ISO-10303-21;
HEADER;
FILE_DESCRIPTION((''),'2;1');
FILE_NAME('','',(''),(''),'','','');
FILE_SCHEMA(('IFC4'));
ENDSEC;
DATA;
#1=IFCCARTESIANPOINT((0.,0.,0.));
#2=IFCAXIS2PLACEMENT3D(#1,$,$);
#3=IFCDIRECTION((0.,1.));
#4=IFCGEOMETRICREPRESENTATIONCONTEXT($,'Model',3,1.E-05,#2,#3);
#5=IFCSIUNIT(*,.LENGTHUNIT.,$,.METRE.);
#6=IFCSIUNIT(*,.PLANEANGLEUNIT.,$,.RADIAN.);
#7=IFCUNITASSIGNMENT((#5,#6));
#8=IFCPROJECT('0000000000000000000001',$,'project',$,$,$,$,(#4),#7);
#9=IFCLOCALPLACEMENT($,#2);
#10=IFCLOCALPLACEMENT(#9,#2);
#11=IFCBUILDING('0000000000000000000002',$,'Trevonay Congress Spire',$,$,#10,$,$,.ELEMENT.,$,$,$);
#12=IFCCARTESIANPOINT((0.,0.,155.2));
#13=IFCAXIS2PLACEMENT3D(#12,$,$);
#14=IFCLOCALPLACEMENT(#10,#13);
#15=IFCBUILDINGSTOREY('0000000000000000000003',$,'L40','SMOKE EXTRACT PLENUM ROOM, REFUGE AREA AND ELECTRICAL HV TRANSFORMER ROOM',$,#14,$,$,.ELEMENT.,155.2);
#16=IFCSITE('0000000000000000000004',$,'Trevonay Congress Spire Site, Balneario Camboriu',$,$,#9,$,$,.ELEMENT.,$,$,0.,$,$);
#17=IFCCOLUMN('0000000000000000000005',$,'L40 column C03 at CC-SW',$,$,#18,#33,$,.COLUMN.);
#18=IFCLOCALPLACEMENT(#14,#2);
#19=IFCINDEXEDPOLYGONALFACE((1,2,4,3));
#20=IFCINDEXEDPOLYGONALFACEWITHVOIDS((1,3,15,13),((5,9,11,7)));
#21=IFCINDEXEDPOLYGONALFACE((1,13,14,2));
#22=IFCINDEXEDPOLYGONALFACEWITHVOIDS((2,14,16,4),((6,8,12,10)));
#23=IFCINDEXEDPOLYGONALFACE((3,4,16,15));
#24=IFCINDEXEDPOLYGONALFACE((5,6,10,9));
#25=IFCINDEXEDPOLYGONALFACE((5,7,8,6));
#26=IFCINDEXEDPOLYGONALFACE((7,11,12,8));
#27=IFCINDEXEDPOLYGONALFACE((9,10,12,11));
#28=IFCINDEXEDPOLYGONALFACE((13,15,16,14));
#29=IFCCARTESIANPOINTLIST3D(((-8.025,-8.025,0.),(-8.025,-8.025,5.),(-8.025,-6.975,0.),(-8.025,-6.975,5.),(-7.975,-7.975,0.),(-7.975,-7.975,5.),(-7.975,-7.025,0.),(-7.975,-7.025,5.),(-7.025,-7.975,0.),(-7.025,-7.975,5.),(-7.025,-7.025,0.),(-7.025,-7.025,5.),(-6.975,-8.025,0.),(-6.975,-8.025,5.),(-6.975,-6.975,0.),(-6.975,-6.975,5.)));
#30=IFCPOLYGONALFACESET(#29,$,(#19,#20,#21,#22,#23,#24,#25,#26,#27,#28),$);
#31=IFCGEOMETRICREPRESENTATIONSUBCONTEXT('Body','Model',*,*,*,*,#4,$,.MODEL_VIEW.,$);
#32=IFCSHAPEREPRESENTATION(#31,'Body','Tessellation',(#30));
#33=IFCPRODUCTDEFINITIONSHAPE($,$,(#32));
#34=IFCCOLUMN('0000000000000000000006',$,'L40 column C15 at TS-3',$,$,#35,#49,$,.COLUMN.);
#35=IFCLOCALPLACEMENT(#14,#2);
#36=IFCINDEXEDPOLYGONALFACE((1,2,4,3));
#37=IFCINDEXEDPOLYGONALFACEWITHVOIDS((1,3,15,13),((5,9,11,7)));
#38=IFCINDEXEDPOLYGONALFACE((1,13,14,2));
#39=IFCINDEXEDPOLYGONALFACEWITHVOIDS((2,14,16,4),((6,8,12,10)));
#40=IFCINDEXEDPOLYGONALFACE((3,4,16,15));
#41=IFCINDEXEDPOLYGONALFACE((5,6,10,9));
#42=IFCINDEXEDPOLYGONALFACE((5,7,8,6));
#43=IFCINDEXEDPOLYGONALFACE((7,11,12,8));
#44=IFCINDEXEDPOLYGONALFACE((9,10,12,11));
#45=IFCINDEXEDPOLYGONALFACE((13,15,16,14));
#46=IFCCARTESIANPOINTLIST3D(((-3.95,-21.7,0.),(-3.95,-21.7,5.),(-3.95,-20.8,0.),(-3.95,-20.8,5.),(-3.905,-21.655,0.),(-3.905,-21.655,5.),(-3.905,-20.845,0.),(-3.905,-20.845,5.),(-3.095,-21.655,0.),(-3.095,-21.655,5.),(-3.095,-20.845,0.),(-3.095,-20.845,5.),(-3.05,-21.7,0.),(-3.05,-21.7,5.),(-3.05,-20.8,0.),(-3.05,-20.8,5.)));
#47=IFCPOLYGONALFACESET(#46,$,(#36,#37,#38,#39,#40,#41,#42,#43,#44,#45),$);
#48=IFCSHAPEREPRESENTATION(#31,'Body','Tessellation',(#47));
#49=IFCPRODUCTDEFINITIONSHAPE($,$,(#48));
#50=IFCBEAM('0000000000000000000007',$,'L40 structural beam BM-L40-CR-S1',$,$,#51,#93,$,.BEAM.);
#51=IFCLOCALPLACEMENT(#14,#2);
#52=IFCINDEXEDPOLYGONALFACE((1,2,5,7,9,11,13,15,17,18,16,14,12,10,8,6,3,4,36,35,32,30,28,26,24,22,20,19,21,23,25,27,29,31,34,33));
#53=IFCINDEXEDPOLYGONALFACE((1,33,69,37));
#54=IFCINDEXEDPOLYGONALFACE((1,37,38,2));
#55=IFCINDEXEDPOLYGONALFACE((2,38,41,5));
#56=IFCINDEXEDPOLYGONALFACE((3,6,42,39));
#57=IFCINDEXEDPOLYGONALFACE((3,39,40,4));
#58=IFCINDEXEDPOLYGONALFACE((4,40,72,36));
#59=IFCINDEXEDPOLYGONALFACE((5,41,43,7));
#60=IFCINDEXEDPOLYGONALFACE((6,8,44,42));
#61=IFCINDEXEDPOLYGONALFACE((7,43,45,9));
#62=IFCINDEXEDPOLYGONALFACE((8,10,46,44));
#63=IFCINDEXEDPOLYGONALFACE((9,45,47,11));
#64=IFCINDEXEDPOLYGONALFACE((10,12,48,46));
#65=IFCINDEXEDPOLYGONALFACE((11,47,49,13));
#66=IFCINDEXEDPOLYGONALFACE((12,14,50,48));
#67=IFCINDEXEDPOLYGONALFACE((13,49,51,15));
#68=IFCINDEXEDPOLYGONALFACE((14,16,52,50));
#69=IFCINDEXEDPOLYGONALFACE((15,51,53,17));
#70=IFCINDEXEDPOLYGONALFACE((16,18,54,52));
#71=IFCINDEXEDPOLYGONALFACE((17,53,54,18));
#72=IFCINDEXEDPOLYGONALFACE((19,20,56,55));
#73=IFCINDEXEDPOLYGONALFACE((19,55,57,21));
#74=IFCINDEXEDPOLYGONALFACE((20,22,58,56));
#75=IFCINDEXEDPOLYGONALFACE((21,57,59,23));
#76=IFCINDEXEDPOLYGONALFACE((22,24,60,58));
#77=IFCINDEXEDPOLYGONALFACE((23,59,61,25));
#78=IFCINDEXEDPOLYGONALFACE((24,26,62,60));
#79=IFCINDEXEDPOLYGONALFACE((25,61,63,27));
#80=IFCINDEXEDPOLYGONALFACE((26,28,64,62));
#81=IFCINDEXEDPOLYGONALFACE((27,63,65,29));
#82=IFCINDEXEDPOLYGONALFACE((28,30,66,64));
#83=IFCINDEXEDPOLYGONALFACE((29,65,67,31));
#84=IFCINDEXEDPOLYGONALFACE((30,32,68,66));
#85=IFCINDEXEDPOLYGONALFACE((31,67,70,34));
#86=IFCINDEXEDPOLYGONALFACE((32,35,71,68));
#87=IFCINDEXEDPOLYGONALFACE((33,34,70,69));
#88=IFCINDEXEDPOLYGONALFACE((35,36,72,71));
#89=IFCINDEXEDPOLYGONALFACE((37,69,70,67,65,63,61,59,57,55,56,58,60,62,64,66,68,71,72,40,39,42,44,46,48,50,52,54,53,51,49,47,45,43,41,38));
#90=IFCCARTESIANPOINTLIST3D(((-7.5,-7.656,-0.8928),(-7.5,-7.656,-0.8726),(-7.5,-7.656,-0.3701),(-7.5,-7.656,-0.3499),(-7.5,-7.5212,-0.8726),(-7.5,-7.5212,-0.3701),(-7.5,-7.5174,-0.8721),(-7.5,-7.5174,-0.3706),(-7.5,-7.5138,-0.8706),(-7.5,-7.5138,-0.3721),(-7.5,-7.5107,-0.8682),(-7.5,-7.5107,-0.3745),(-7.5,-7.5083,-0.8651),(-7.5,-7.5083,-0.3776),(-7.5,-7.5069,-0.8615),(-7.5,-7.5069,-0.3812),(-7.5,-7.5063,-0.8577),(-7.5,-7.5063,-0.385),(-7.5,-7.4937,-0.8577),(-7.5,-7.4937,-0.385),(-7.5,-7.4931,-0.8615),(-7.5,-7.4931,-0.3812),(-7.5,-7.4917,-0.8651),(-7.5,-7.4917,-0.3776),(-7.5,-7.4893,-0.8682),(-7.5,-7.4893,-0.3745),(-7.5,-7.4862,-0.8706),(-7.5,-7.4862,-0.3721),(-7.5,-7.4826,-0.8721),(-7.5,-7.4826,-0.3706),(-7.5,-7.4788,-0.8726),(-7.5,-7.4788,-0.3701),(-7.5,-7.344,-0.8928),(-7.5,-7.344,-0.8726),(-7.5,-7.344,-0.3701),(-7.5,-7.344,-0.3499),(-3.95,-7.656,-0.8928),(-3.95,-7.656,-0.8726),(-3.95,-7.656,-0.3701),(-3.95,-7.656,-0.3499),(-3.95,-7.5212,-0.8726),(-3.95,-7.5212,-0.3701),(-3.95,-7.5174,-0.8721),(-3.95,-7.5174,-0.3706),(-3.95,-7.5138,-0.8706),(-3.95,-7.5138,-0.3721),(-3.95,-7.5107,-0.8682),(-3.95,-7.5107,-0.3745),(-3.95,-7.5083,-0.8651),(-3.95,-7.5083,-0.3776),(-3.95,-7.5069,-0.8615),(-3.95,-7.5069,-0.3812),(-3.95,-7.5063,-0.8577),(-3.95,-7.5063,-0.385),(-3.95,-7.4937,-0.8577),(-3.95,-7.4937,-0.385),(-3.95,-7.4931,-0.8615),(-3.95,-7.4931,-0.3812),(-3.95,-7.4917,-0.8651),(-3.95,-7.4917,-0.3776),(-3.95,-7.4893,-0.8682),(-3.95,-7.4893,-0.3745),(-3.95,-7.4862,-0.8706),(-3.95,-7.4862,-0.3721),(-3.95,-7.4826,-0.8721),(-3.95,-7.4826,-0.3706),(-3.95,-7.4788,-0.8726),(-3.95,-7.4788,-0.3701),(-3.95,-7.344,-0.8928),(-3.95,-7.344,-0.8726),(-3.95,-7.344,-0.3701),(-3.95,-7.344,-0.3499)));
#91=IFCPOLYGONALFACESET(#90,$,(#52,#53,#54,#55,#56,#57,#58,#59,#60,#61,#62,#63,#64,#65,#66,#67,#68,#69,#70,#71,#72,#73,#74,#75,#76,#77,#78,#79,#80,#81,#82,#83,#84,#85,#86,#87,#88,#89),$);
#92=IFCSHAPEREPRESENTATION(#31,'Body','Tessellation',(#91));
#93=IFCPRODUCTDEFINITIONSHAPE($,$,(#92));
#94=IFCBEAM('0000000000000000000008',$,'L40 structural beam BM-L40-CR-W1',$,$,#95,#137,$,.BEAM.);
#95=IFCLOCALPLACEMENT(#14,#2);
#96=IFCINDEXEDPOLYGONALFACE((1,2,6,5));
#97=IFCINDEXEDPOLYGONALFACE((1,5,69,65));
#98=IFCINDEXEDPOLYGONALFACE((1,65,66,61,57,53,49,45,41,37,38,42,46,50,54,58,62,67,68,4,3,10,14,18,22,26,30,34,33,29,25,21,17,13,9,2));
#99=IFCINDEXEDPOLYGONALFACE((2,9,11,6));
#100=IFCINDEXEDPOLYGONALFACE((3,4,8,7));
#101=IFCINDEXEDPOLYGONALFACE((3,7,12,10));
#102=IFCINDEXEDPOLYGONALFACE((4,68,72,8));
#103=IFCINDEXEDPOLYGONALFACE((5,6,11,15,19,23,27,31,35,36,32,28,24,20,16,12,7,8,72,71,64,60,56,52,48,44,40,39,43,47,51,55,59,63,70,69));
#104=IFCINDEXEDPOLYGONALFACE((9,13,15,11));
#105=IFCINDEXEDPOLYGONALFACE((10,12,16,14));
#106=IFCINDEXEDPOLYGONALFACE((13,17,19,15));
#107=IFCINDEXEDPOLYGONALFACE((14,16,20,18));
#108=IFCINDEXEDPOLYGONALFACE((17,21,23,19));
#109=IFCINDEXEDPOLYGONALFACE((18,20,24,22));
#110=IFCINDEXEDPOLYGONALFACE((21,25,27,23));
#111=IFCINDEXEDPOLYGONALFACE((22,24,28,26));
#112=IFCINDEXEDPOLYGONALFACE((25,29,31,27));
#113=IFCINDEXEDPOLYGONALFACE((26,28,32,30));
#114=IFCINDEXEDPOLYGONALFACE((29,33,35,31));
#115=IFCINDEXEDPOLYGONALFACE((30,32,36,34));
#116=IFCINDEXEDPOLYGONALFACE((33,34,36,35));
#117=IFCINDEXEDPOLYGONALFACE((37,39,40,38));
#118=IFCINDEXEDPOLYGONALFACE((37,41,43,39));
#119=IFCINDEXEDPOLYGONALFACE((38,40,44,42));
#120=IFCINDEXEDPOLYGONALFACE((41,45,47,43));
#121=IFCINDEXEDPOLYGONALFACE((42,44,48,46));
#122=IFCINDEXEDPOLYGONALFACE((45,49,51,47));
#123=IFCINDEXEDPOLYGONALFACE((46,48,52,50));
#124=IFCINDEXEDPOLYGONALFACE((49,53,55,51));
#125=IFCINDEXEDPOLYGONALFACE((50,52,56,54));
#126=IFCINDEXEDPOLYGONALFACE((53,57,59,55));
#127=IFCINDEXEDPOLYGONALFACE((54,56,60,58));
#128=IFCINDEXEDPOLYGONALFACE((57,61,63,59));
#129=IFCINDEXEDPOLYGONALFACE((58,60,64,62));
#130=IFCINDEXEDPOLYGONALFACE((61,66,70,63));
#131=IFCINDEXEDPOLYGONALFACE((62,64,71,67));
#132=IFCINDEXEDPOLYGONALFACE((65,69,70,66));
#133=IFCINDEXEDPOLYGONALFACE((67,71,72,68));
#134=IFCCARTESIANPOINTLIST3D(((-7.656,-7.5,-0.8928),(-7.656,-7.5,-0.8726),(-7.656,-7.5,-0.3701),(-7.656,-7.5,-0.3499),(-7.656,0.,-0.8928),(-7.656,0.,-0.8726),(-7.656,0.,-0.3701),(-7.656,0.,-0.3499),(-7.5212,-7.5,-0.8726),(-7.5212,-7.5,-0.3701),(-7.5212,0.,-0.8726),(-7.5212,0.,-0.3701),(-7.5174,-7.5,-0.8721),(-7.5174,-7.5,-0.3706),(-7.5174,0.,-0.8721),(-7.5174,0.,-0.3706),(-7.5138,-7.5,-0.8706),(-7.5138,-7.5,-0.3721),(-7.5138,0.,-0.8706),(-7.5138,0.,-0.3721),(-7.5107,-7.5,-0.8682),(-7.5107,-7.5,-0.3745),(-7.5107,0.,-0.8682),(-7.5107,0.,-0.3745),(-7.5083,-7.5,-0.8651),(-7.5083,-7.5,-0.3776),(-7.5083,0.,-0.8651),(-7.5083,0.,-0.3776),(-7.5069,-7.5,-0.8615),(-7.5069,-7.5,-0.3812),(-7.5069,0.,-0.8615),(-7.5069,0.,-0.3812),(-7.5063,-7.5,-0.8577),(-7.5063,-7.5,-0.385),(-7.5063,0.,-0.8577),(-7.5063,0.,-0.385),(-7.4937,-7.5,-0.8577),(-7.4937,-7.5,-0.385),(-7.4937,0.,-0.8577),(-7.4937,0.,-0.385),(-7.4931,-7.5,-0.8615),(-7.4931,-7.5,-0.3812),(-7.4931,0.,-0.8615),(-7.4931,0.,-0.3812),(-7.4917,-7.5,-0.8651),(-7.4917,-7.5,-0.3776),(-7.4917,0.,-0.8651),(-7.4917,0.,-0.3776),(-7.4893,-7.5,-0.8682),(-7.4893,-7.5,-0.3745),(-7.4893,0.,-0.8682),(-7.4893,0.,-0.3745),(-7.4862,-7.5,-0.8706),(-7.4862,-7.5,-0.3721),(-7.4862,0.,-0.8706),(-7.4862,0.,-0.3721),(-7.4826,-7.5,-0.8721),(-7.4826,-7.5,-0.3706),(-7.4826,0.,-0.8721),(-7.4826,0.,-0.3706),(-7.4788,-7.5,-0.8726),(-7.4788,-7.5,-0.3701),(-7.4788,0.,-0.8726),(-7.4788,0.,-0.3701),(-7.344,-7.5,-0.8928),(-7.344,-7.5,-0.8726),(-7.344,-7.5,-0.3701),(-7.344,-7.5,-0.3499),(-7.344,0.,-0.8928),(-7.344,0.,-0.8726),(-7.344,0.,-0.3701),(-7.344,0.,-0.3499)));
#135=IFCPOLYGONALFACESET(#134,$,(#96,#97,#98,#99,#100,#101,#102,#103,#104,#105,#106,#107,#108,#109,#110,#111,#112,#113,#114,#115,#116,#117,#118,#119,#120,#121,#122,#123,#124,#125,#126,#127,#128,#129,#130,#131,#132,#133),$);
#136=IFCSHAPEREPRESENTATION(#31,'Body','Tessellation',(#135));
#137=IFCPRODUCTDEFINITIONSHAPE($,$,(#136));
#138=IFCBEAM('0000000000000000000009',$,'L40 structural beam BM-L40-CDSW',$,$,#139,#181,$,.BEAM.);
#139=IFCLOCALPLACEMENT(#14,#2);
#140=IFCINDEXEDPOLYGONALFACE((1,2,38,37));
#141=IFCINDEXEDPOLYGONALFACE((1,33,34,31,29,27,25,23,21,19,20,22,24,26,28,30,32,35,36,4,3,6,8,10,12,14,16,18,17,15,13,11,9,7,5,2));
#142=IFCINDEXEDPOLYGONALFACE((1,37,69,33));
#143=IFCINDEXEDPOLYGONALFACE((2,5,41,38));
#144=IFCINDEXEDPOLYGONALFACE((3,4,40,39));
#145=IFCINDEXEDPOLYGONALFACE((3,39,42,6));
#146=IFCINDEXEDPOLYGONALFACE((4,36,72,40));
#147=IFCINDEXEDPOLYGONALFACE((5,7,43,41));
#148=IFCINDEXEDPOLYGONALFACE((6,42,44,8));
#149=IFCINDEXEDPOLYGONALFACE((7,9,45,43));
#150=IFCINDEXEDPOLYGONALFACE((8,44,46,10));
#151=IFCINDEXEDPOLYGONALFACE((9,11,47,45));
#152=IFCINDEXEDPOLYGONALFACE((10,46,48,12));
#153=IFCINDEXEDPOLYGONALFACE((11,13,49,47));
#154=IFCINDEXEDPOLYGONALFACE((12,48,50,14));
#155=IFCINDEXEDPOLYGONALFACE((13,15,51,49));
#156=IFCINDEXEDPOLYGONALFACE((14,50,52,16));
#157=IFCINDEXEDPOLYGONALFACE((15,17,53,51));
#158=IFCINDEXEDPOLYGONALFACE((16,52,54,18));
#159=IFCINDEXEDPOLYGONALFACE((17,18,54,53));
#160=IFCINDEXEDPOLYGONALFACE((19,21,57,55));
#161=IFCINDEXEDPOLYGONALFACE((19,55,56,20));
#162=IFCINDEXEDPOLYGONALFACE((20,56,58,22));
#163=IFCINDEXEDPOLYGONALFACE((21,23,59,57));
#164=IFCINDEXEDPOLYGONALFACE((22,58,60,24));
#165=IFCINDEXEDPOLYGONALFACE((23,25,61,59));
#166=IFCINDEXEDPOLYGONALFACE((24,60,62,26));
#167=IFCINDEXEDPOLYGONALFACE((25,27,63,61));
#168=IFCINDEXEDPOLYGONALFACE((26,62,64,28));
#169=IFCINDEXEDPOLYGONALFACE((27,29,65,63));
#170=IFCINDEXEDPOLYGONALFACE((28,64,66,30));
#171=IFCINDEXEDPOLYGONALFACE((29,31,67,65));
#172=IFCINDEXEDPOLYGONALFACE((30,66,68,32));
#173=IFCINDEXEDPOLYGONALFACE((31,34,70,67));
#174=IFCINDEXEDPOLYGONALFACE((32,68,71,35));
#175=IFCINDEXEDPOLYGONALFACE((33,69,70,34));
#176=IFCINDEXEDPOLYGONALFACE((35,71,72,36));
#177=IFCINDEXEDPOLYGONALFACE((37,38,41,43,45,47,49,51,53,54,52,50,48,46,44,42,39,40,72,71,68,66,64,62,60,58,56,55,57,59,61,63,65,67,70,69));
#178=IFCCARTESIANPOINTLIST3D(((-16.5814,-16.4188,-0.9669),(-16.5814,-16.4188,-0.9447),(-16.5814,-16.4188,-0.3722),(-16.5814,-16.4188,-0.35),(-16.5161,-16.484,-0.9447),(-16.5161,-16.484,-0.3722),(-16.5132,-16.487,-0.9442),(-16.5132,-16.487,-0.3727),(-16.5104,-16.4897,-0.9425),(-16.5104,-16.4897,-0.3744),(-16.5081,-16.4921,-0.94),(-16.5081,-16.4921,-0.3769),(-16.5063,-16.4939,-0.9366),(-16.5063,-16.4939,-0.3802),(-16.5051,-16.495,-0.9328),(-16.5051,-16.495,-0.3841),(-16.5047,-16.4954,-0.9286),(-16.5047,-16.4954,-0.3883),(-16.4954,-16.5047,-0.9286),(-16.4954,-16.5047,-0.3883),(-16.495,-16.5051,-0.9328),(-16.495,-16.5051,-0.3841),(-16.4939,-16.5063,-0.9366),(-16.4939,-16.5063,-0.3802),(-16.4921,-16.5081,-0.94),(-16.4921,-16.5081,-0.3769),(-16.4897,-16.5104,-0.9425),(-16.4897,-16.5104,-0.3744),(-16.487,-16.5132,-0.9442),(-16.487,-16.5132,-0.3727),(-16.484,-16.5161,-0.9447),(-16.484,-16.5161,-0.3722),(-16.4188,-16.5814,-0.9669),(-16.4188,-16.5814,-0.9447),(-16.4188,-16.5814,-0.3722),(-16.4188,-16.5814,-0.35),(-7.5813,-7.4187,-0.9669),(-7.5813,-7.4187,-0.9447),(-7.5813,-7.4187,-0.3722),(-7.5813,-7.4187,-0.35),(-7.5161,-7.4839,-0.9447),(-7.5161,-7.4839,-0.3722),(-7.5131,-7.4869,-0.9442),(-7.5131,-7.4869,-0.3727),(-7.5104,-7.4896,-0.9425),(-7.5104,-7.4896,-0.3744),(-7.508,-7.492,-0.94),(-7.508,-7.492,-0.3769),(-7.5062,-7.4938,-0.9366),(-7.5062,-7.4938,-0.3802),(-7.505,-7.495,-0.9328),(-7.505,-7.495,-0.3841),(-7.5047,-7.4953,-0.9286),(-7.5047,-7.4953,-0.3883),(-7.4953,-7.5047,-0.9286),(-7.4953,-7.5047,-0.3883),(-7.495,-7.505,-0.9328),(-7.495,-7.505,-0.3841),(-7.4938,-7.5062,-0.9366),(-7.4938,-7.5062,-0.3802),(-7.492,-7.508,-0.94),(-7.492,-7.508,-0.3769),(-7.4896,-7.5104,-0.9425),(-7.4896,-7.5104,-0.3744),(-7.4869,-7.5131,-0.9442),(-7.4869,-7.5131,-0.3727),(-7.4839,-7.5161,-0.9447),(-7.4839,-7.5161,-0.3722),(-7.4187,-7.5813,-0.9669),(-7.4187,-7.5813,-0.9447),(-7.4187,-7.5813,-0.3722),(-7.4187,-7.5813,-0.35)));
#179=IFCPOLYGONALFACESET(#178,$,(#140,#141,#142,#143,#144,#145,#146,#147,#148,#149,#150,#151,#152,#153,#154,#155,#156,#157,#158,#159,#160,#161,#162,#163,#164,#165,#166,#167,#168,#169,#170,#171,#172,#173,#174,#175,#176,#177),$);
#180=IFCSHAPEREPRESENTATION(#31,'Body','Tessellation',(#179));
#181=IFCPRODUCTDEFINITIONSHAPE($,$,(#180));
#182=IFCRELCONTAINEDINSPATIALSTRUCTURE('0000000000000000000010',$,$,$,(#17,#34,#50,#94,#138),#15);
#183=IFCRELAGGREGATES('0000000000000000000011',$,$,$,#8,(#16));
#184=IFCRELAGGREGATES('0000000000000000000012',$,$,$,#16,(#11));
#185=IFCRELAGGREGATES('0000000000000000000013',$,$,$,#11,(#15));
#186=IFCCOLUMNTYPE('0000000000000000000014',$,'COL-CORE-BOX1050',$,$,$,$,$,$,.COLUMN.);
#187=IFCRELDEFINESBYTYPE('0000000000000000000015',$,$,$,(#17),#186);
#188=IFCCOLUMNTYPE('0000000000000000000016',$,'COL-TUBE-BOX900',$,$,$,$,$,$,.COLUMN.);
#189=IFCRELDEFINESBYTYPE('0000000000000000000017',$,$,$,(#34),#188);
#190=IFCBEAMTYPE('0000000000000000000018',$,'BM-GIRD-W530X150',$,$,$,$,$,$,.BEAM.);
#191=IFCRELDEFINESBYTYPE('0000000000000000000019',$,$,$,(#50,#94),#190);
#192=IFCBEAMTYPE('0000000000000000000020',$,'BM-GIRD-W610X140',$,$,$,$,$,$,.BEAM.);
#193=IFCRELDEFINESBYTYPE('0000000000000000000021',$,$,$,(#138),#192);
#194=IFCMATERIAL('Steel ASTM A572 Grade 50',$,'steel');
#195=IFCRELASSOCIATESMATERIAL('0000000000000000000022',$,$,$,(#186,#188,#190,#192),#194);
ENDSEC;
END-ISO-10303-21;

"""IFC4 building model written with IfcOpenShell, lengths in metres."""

from ifc_helpers import new_model, si_unit, direction, frame, origin, origin_2d, place, context, subcontext, project, spatial, hollow_rectangle, i_section, extrude, material, material_profile, profile_set, type_object, element, save


model = new_model("IFC4")

# Units and contexts
model_context = context("Model", 3, precision=1e-05, world=origin(), true_north=direction((0.0, 1.0)))
body_context = subcontext(model_context, "Body", "Model", "MODEL_VIEW")
ifc_project = project(units=[si_unit("LENGTHUNIT", "METRE"), si_unit("PLANEANGLEUNIT", "RADIAN")], contexts=[model_context])

# Site, building, storey
site_placement = place(None, origin())
site = spatial("IfcSite", under=ifc_project, at=site_placement, Name="Trevonay Congress Spire Site, Balneario Camboriu", CompositionType="ELEMENT", RefElevation=0.0)
building_placement = place(site_placement, origin())
building = spatial("IfcBuilding", under=site, at=building_placement, Name="Trevonay Congress Spire", CompositionType="ELEMENT")
storey_placement = place(building_placement, frame((0.0, 0.0, 155.2)))
storey = spatial("IfcBuildingStorey", under=building, at=storey_placement, Name="L40", Description="SMOKE EXTRACT PLENUM ROOM, REFUGE AREA AND ELECTRICAL HV TRANSFORMER ROOM", CompositionType="ELEMENT", Elevation=155.2)

# Columns
ifc_material_1 = material(Name="Steel ASTM A572 Grade 50", Category="steel")
ifc_material_profile_1 = material_profile(ifc_material_1, hollow_rectangle(XDim=1.05, YDim=1.05, WallThickness=0.05, at=origin_2d()), Name="BOX 1050x1050x50")
ifc_profile_set_1 = profile_set([ifc_material_profile_1], Name="Steel ASTM A572 Grade 50")
column_type_1 = type_object("IfcColumnType", Name="COL-CORE-BOX1050", PredefinedType="COLUMN", material=ifc_profile_set_1)
column_1_placement = place(storey_placement, frame((-7.5, -7.5, 0.0), z_axis=(0.0, 0.0, 1.0), x_axis=(1.0, 0.0, 0.0)))
element("IfcColumn", 1, at=column_1_placement, inside=storey, type_object=column_type_1, Name="L40 column C03 at CC-SW", PredefinedType="COLUMN", context=body_context, shape_type="SweptSolid", body=[
    extrude(hollow_rectangle(XDim=1.05, YDim=1.05, WallThickness=0.05, at=origin_2d()), origin(), (0.0, 0.0, 1.0), 5.0),
])
ifc_material_profile_2 = material_profile(ifc_material_1, hollow_rectangle(XDim=0.8999, YDim=0.8999, WallThickness=0.0449, at=origin_2d()), Name="BOX 900x900x45")
ifc_profile_set_2 = profile_set([ifc_material_profile_2], Name="Steel ASTM A572 Grade 50")
column_type_2 = type_object("IfcColumnType", Name="COL-TUBE-BOX900", PredefinedType="COLUMN", material=ifc_profile_set_2)
column_2_placement = place(storey_placement, frame((-3.5, -21.25, 0.0), z_axis=(0.0, 0.0, 1.0), x_axis=(1.0, 0.0, 0.0)))
element("IfcColumn", 2, at=column_2_placement, inside=storey, type_object=column_type_2, Name="L40 column C15 at TS-3", PredefinedType="COLUMN", context=body_context, shape_type="SweptSolid", body=[
    extrude(hollow_rectangle(XDim=0.8999, YDim=0.8999, WallThickness=0.0449, at=origin_2d()), origin(), (0.0, 0.0, 1.0), 5.0),
])

# Beams
ifc_material_profile_3 = material_profile(ifc_material_1, i_section(OverallWidth=0.312, OverallDepth=0.543, WebThickness=0.0127, FlangeThickness=0.0203, FilletRadius=0.0149, at=origin_2d()), Name="W530x150")
ifc_profile_set_3 = profile_set([ifc_material_profile_3], Name="Steel ASTM A572 Grade 50")
beam_type_1 = type_object("IfcBeamType", Name="BM-GIRD-W530X150", PredefinedType="BEAM", material=ifc_profile_set_3)
beam_1_placement = place(storey_placement, frame((-7.5, -7.5, -0.6213), z_axis=(1.0, 0.0, 0.0), x_axis=(0.0, 1.0, 0.0)))
element("IfcBeam", 3, at=beam_1_placement, inside=storey, type_object=beam_type_1, Name="L40 structural beam BM-L40-CR-S1", PredefinedType="BEAM", context=body_context, shape_type="SweptSolid", body=[
    extrude(i_section(OverallWidth=0.312, OverallDepth=0.543, WebThickness=0.0127, FlangeThickness=0.0203, FilletRadius=0.0149, at=origin_2d()), origin(), (0.0, 0.0, 1.0), 3.55),
])
beam_2_placement = place(storey_placement, frame((-7.5, -7.5, -0.6213), z_axis=(0.0, 1.0, 0.0), x_axis=(-1.0, 0.0, 0.0)))
element("IfcBeam", 4, at=beam_2_placement, inside=storey, type_object=beam_type_1, Name="L40 structural beam BM-L40-CR-W1", PredefinedType="BEAM", context=body_context, shape_type="SweptSolid", body=[
    extrude(i_section(OverallWidth=0.312, OverallDepth=0.543, WebThickness=0.0127, FlangeThickness=0.0203, FilletRadius=0.0149, at=origin_2d()), origin(), (0.0, 0.0, 1.0), 7.5),
])
ifc_material_profile_4 = material_profile(ifc_material_1, i_section(OverallWidth=0.23, OverallDepth=0.6169, WebThickness=0.0132, FlangeThickness=0.0222, FilletRadius=0.0161, at=origin_2d()), Name="W610x140")
ifc_profile_set_4 = profile_set([ifc_material_profile_4], Name="Steel ASTM A572 Grade 50")
beam_type_2 = type_object("IfcBeamType", Name="BM-GIRD-W610X140", PredefinedType="BEAM", material=ifc_profile_set_4)
beam_3_placement = place(storey_placement, frame((-7.5, -7.5, -0.6584), z_axis=(-0.707107, -0.707107, 0.0), x_axis=(0.707107, -0.707107, 0.0)))
element("IfcBeam", 5, at=beam_3_placement, inside=storey, type_object=beam_type_2, Name="L40 structural beam BM-L40-CDSW", PredefinedType="BEAM", context=body_context, shape_type="SweptSolid", body=[
    extrude(i_section(OverallWidth=0.23, OverallDepth=0.6169, WebThickness=0.0132, FlangeThickness=0.0222, FilletRadius=0.0161, at=origin_2d()), origin(), (0.0, 0.0, 1.0), 12.728),
])

save(model, "model.ifc")
